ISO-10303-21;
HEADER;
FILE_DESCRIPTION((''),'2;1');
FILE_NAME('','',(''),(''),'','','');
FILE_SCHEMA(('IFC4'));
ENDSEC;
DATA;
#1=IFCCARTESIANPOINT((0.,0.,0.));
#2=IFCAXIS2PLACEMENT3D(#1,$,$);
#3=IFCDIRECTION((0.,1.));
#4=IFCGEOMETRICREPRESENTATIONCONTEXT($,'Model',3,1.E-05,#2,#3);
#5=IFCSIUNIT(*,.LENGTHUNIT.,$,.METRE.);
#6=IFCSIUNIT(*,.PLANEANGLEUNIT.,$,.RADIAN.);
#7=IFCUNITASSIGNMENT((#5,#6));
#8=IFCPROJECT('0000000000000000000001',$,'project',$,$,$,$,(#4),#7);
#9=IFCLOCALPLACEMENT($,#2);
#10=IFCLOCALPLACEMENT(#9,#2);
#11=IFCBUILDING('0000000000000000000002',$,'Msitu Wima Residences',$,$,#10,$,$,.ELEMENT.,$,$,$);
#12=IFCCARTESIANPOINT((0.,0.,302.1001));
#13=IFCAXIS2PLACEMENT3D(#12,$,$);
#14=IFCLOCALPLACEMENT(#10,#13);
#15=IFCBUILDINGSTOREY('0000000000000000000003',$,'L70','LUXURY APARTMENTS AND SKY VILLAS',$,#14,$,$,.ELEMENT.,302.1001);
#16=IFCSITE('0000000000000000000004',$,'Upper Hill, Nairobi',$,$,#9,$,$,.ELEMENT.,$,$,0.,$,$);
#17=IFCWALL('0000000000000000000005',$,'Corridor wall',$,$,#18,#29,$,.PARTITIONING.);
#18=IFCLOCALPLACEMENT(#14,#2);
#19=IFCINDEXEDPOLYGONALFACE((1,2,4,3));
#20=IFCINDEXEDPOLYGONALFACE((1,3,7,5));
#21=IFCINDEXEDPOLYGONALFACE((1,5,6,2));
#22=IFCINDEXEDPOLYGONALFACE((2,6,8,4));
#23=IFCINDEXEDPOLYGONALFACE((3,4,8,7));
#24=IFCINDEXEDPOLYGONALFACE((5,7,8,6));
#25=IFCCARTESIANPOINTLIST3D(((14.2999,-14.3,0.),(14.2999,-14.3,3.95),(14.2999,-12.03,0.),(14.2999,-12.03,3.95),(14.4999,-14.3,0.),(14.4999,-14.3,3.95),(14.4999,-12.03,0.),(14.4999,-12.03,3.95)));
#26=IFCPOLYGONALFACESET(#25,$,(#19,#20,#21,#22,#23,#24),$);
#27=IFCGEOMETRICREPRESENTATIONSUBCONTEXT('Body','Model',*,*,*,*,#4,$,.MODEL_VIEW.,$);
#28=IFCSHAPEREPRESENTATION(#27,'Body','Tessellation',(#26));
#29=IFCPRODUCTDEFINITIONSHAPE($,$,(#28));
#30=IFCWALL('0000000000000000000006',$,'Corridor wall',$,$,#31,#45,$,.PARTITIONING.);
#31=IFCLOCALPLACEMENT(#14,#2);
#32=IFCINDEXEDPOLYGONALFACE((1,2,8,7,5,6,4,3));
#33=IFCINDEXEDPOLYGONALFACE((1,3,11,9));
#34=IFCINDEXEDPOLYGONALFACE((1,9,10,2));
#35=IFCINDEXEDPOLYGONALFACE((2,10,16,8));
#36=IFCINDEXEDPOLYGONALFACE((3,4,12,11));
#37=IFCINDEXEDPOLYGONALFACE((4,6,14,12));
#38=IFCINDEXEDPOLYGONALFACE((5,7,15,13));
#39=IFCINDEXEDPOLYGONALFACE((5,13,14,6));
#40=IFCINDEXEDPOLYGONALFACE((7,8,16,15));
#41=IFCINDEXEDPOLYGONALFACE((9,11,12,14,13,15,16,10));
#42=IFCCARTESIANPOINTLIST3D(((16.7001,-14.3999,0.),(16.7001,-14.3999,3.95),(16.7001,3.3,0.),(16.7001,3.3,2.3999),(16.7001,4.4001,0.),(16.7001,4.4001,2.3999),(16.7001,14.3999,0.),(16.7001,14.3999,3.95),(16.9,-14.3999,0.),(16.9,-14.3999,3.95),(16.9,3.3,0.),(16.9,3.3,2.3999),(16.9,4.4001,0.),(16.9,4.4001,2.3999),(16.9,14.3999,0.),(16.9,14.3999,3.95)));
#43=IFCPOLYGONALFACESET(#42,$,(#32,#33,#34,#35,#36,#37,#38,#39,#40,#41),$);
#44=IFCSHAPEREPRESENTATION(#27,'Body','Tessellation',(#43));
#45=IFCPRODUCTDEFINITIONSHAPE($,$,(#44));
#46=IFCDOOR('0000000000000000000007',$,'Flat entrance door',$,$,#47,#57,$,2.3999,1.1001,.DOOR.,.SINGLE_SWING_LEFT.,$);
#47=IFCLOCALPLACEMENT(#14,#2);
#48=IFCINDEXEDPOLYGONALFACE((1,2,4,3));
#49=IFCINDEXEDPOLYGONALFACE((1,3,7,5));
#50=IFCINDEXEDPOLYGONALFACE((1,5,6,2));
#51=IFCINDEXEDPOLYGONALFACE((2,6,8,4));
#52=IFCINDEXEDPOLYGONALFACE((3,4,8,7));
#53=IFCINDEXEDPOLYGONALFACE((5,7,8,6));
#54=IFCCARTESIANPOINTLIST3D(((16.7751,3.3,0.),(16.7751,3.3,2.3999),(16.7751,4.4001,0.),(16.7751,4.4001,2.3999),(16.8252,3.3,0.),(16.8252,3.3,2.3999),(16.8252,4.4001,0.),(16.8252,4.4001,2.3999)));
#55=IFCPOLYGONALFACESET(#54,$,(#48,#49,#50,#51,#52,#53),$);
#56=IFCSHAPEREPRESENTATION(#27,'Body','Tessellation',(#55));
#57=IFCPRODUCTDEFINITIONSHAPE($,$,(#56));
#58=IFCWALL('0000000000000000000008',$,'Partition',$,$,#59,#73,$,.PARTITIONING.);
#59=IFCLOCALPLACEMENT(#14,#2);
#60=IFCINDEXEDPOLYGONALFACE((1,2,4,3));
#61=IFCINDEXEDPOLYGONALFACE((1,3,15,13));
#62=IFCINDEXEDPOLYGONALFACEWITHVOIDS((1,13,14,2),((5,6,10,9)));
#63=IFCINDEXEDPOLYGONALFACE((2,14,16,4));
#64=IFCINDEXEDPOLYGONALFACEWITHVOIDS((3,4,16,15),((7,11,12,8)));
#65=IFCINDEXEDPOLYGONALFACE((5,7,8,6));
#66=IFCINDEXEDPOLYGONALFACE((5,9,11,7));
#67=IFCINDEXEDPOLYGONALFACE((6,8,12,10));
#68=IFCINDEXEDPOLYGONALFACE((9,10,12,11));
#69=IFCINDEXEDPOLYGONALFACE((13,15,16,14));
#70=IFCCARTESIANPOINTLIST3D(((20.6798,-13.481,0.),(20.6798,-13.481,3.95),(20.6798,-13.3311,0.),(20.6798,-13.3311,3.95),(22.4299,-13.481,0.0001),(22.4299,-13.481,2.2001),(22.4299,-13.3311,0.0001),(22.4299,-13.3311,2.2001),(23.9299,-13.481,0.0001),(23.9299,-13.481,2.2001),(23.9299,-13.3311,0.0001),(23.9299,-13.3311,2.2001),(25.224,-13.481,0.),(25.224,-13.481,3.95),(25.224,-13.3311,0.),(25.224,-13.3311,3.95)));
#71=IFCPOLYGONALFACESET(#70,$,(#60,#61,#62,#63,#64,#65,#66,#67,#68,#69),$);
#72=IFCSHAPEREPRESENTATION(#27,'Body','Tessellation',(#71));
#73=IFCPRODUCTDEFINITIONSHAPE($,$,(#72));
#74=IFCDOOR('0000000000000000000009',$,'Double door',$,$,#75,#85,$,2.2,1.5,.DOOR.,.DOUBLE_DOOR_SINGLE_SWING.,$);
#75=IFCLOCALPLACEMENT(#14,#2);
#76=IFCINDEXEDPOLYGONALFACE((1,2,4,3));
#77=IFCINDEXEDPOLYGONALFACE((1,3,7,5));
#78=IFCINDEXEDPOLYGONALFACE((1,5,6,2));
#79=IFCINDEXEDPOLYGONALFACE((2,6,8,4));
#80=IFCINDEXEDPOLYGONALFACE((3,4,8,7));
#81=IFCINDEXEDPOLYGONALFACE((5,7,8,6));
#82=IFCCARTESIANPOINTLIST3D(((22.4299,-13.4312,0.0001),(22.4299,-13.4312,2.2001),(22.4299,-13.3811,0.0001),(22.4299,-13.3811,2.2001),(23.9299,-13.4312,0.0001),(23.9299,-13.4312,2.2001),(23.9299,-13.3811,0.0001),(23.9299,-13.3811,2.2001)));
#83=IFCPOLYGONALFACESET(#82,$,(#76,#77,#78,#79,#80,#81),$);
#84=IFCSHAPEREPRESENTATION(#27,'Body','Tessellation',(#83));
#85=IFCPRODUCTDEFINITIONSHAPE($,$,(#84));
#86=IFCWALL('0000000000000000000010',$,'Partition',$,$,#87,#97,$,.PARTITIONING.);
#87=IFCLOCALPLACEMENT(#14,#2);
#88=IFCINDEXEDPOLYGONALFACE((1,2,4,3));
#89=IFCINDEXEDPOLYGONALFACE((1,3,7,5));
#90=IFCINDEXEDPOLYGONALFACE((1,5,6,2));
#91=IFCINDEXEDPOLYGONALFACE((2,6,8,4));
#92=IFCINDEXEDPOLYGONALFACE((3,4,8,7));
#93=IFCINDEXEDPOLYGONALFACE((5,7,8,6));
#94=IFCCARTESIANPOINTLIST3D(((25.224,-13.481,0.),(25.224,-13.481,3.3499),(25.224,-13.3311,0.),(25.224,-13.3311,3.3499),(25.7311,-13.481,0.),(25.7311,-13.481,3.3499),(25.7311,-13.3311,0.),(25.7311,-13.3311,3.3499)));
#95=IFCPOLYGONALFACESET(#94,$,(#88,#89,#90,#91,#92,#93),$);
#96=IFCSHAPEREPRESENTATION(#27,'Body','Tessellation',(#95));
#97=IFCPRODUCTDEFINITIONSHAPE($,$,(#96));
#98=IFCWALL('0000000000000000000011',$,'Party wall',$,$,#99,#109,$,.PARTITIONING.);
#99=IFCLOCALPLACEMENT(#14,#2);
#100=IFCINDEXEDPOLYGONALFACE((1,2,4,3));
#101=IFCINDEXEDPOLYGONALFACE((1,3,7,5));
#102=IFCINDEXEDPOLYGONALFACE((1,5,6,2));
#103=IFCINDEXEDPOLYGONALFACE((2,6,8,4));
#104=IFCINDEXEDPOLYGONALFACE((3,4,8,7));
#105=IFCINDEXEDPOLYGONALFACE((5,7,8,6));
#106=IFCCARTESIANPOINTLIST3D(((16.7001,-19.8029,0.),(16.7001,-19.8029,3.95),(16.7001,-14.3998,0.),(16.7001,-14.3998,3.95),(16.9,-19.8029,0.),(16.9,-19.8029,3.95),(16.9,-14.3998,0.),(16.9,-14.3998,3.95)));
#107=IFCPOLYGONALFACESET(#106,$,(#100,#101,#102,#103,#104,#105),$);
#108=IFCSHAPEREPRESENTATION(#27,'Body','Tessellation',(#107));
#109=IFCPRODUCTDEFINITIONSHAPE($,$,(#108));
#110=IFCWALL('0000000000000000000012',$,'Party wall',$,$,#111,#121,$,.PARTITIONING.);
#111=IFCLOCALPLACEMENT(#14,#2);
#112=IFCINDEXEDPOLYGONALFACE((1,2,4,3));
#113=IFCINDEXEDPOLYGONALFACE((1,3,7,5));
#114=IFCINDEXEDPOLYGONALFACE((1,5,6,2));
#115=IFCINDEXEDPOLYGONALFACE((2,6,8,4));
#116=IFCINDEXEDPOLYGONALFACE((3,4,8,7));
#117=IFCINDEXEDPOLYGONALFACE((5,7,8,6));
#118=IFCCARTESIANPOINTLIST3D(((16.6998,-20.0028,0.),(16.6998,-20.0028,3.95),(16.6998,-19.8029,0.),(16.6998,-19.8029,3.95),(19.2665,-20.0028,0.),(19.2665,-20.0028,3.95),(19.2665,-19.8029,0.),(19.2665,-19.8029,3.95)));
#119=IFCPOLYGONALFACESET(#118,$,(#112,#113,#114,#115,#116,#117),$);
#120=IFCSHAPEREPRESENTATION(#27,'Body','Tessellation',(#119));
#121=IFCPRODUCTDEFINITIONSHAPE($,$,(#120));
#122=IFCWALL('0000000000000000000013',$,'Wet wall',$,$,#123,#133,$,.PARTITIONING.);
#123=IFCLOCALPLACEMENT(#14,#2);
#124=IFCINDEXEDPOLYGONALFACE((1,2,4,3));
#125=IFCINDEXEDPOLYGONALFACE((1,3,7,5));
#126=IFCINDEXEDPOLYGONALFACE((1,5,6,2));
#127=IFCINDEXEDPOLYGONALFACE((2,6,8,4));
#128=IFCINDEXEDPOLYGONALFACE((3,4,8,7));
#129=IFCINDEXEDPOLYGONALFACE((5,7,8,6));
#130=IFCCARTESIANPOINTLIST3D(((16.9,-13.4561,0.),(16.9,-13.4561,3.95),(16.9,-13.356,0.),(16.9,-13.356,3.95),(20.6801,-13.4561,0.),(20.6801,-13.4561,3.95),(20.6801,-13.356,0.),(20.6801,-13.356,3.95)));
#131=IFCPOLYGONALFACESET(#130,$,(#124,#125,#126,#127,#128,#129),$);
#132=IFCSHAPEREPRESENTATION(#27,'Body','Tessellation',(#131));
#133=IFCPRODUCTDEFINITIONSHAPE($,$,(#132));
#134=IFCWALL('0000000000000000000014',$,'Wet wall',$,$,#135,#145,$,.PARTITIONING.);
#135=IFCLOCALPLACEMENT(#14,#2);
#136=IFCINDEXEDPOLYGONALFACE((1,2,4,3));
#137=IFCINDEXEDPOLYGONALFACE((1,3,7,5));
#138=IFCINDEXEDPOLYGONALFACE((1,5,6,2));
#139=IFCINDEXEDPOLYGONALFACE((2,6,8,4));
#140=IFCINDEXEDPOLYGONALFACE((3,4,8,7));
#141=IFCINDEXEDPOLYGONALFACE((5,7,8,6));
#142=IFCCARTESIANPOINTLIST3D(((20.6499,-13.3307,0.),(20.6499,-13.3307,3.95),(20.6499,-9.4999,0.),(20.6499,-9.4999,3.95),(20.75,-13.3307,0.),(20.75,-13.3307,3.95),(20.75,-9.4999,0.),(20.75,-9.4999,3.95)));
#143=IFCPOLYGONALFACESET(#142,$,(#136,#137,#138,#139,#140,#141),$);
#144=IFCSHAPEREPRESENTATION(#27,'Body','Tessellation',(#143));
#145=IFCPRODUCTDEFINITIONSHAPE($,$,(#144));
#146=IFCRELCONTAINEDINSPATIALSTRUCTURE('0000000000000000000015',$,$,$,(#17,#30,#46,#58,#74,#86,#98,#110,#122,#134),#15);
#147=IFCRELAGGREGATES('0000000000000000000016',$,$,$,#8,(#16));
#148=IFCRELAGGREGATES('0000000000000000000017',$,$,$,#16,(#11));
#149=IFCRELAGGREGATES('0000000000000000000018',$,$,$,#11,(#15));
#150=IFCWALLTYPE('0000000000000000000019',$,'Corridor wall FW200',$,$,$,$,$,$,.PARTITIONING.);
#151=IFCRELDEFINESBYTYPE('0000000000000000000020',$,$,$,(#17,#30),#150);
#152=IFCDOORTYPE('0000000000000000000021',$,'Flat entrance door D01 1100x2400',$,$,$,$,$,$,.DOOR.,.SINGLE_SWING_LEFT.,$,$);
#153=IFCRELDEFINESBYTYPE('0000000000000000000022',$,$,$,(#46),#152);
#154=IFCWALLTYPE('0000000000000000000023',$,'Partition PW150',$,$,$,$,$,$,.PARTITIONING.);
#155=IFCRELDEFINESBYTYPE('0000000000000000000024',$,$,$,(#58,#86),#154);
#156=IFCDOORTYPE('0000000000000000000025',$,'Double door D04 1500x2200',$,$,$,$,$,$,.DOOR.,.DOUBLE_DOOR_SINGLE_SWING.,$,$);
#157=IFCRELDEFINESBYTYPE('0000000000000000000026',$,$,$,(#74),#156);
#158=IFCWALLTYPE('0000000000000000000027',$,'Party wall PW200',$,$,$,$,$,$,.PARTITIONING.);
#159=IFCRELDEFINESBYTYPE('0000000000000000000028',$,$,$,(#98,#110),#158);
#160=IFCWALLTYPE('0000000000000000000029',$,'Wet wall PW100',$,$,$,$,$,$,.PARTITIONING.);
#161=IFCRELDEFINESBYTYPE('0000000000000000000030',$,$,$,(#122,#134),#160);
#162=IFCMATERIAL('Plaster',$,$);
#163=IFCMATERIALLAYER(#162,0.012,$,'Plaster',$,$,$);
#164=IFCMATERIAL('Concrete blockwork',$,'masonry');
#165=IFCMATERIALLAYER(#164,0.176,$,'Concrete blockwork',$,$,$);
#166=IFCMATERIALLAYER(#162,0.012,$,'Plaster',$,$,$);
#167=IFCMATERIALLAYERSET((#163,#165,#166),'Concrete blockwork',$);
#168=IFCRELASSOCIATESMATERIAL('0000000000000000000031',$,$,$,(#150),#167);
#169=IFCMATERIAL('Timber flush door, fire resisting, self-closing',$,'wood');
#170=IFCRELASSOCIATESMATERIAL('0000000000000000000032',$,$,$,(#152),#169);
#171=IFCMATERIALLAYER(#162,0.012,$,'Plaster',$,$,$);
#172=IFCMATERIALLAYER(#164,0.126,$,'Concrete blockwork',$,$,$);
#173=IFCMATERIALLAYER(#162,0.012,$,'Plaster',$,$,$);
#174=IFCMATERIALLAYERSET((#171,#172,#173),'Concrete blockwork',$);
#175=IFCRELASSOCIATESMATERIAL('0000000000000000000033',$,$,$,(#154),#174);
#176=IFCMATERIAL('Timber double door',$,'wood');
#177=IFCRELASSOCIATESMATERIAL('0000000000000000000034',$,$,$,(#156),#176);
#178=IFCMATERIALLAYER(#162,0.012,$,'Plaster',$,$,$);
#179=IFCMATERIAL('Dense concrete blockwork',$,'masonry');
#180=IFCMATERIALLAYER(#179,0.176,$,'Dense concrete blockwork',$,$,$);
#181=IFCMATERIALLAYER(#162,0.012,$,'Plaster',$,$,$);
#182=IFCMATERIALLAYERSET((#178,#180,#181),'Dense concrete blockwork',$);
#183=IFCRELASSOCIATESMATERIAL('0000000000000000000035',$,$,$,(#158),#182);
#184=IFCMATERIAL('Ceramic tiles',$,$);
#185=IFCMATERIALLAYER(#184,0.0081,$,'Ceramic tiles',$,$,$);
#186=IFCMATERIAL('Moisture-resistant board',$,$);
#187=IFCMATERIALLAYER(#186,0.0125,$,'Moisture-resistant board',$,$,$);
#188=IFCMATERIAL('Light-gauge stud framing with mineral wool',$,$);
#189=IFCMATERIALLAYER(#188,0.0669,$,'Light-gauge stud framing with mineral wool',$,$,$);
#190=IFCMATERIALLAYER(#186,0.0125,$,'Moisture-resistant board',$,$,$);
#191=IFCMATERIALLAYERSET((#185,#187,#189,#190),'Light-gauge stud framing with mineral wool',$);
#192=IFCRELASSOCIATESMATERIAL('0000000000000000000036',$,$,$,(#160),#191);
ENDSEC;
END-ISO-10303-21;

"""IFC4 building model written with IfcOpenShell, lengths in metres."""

from ifc_helpers import new_model, si_unit, direction, frame, frame_2d, origin, place, context, subcontext, project, spatial, rectangle, extrude, material, layer, layer_set, type_object, element, fill, save


model = new_model("IFC4")

# Units and contexts
model_context = context("Model", 3, precision=1e-05, world=origin(), true_north=direction((0.0, 1.0)))
body_context = subcontext(model_context, "Body", "Model", "MODEL_VIEW")
ifc_project = project(units=[si_unit("LENGTHUNIT", "METRE"), si_unit("PLANEANGLEUNIT", "RADIAN")], contexts=[model_context])

# Site, building, storey
site_placement = place(None, origin())
site = spatial("IfcSite", under=ifc_project, at=site_placement, Name="Upper Hill, Nairobi", CompositionType="ELEMENT", RefElevation=0.0)
building_placement = place(site_placement, origin())
building = spatial("IfcBuilding", under=site, at=building_placement, Name="Msitu Wima Residences", CompositionType="ELEMENT")
storey_placement = place(building_placement, frame((0.0, 0.0, 302.1001)))
storey = spatial("IfcBuildingStorey", under=building, at=storey_placement, Name="L70", Description="LUXURY APARTMENTS AND SKY VILLAS", CompositionType="ELEMENT", Elevation=302.1001)

# Wall
ifc_material_1 = material(Name="Plaster")
ifc_layer_1 = layer(ifc_material_1, 0.012, Name="Plaster")
ifc_material_2 = material(Name="Concrete blockwork", Category="masonry")
ifc_layer_2 = layer(ifc_material_2, 0.176, Name="Concrete blockwork")
ifc_layer_3 = layer(ifc_material_1, 0.012, Name="Plaster")
ifc_layer_set_1 = layer_set([ifc_layer_1, ifc_layer_2, ifc_layer_3], Name="Concrete blockwork")
wall_type_1 = type_object("IfcWallType", Name="Corridor wall FW200", PredefinedType="PARTITIONING", material=ifc_layer_set_1)
wall_1_placement = place(storey_placement, frame((14.3999, -14.3, 0.0), z_axis=(0.0, 0.0, 1.0), x_axis=(0.0, 1.0, 0.0)))
element("IfcWall", 1, at=wall_1_placement, inside=storey, type_object=wall_type_1, Name="Corridor wall", PredefinedType="PARTITIONING", context=body_context, shape_type="SweptSolid", body=[
    extrude(rectangle(XDim=2.27, YDim=0.2, at=frame_2d((1.135, 0.0))), origin(), (0.0, 0.0, 1.0), 3.95),
])

# Walls, openings, doors
wall_2_placement = place(storey_placement, frame((16.8, -14.3999, 0.0), z_axis=(0.0, 0.0, 1.0), x_axis=(0.0, 1.0, 0.0)))
wall_2 = element("IfcWall", 2, at=wall_2_placement, inside=storey, type_object=wall_type_1, Name="Corridor wall", PredefinedType="PARTITIONING", context=body_context, shape_type="SweptSolid", body=[
    extrude(rectangle(XDim=28.7998, YDim=0.2, at=frame_2d((14.3999, 0.0))), origin(), (0.0, 0.0, 1.0), 3.95),
])
opening_1_placement = place(wall_2_placement, frame((17.7, 0.0, 0.0)))
opening_1 = element("IfcOpeningElement", 3, at=opening_1_placement, cuts=wall_2, PredefinedType="OPENING", context=body_context, shape_type="SweptSolid", body=[
    extrude(rectangle(XDim=1.1001, YDim=2.3999, at=frame_2d((0.55, 1.2))), frame((0.0, 0.1099, 0.0), z_axis=(0.0, -1.0, 0.0), x_axis=(1.0, 0.0, 0.0)), (0.0, 0.0, 1.0), 0.22),
])
ifc_material_3 = material(Name="Timber flush door, fire resisting, self-closing", Category="wood")
door_type_1 = type_object("IfcDoorType", Name="Flat entrance door D01 1100x2400", OperationType="SINGLE_SWING_LEFT", PredefinedType="DOOR", material=ifc_material_3)
door_1_placement = place(opening_1_placement, origin())
door_1 = element("IfcDoor", 4, at=door_1_placement, inside=storey, type_object=door_type_1, Name="Flat entrance door", OperationType="SINGLE_SWING_LEFT", OverallHeight=2.3999, OverallWidth=1.1001, PredefinedType="DOOR", context=body_context, shape_type="SweptSolid", body=[
    extrude(rectangle(XDim=1.1001, YDim=2.3999, at=frame_2d((0.55, 1.2))), frame((0.0, 0.0249, 0.0), z_axis=(0.0, -1.0, 0.0), x_axis=(1.0, 0.0, 0.0)), (0.0, 0.0, 1.0), 0.05),
])
fill(opening_1, door_1)
ifc_layer_4 = layer(ifc_material_1, 0.012, Name="Plaster")
ifc_layer_5 = layer(ifc_material_2, 0.126, Name="Concrete blockwork")
ifc_layer_6 = layer(ifc_material_1, 0.012, Name="Plaster")
ifc_layer_set_2 = layer_set([ifc_layer_4, ifc_layer_5, ifc_layer_6], Name="Concrete blockwork")
wall_type_2 = type_object("IfcWallType", Name="Partition PW150", PredefinedType="PARTITIONING", material=ifc_layer_set_2)
wall_3_placement = place(storey_placement, frame((20.6799, -13.406, 0.0), z_axis=(0.0, 0.0, 1.0), x_axis=(1.0, 0.0, 0.0)))
wall_3 = element("IfcWall", 5, at=wall_3_placement, inside=storey, type_object=wall_type_2, Name="Partition", PredefinedType="PARTITIONING", context=body_context, shape_type="SweptSolid", body=[
    extrude(rectangle(XDim=4.5442, YDim=0.1499, at=frame_2d((2.272, 0.0))), origin(), (0.0, 0.0, 1.0), 3.95),
])
opening_2_placement = place(wall_3_placement, frame((1.75, 0.0, 0.0)))
opening_2 = element("IfcOpeningElement", 6, at=opening_2_placement, cuts=wall_3, PredefinedType="OPENING", context=body_context, shape_type="SweptSolid", body=[
    extrude(rectangle(XDim=1.5, YDim=2.2, at=frame_2d((0.75, 1.1001))), frame((0.0, 0.085, 0.0), z_axis=(0.0, -1.0, 0.0), x_axis=(1.0, 0.0, 0.0)), (0.0, 0.0, 1.0), 0.1699),
])
ifc_material_4 = material(Name="Timber double door", Category="wood")
door_type_2 = type_object("IfcDoorType", Name="Double door D04 1500x2200", OperationType="DOUBLE_DOOR_SINGLE_SWING", PredefinedType="DOOR", material=ifc_material_4)
door_2_placement = place(opening_2_placement, origin())
door_2 = element("IfcDoor", 7, at=door_2_placement, inside=storey, type_object=door_type_2, Name="Double door", OperationType="DOUBLE_DOOR_SINGLE_SWING", OverallHeight=2.2, OverallWidth=1.5, PredefinedType="DOOR", context=body_context, shape_type="SweptSolid", body=[
    extrude(rectangle(XDim=1.5, YDim=2.2, at=frame_2d((0.75, 1.1001))), frame((0.0, 0.0249, 0.0), z_axis=(0.0, -1.0, 0.0), x_axis=(1.0, 0.0, 0.0)), (0.0, 0.0, 1.0), 0.05),
])
fill(opening_2, door_2)

# Walls
wall_4_placement = place(storey_placement, frame((25.2241, -13.406, 0.0), z_axis=(0.0, 0.0, 1.0), x_axis=(1.0, 0.0, 0.0)))
element("IfcWall", 8, at=wall_4_placement, inside=storey, type_object=wall_type_2, Name="Partition", PredefinedType="PARTITIONING", context=body_context, shape_type="SweptSolid", body=[
    extrude(rectangle(XDim=0.5071, YDim=0.1499, at=frame_2d((0.2534, 0.0))), origin(), (0.0, 0.0, 1.0), 3.3499),
])
ifc_layer_7 = layer(ifc_material_1, 0.012, Name="Plaster")
ifc_material_5 = material(Name="Dense concrete blockwork", Category="masonry")
ifc_layer_8 = layer(ifc_material_5, 0.176, Name="Dense concrete blockwork")
ifc_layer_9 = layer(ifc_material_1, 0.012, Name="Plaster")
ifc_layer_set_3 = layer_set([ifc_layer_7, ifc_layer_8, ifc_layer_9], Name="Dense concrete blockwork")
wall_type_3 = type_object("IfcWallType", Name="Party wall PW200", PredefinedType="PARTITIONING", material=ifc_layer_set_3)
wall_5_placement = place(storey_placement, frame((16.8, -19.803, 0.0), z_axis=(0.0, 0.0, 1.0), x_axis=(0.0, 1.0, 0.0)))
element("IfcWall", 9, at=wall_5_placement, inside=storey, type_object=wall_type_3, Name="Party wall", PredefinedType="PARTITIONING", context=body_context, shape_type="SweptSolid", body=[
    extrude(rectangle(XDim=5.4031, YDim=0.2, at=frame_2d((2.7017, 0.0))), origin(), (0.0, 0.0, 1.0), 3.95),
])
wall_6_placement = place(storey_placement, frame((16.7, -19.9028, 0.0), z_axis=(0.0, 0.0, 1.0), x_axis=(1.0, 0.0, 0.0)))
element("IfcWall", 10, at=wall_6_placement, inside=storey, type_object=wall_type_3, Name="Party wall", PredefinedType="PARTITIONING", context=body_context, shape_type="SweptSolid", body=[
    extrude(rectangle(XDim=2.5667, YDim=0.2, at=frame_2d((1.2832, 0.0))), origin(), (0.0, 0.0, 1.0), 3.95),
])
ifc_material_6 = material(Name="Ceramic tiles")
ifc_layer_10 = layer(ifc_material_6, 0.0081, Name="Ceramic tiles")
ifc_material_7 = material(Name="Moisture-resistant board")
ifc_layer_11 = layer(ifc_material_7, 0.0125, Name="Moisture-resistant board")
ifc_material_8 = material(Name="Light-gauge stud framing with mineral wool")
ifc_layer_12 = layer(ifc_material_8, 0.0669, Name="Light-gauge stud framing with mineral wool")
ifc_layer_13 = layer(ifc_material_7, 0.0125, Name="Moisture-resistant board")
ifc_layer_set_4 = layer_set([ifc_layer_10, ifc_layer_11, ifc_layer_12, ifc_layer_13], Name="Light-gauge stud framing with mineral wool")
wall_type_4 = type_object("IfcWallType", Name="Wet wall PW100", PredefinedType="PARTITIONING", material=ifc_layer_set_4)
wall_7_placement = place(storey_placement, frame((16.8999, -13.406, 0.0), z_axis=(0.0, 0.0, 1.0), x_axis=(1.0, 0.0, 0.0)))
element("IfcWall", 11, at=wall_7_placement, inside=storey, type_object=wall_type_4, Name="Wet wall", PredefinedType="PARTITIONING", context=body_context, shape_type="SweptSolid", body=[
    extrude(rectangle(XDim=3.78, YDim=0.1001, at=frame_2d((1.8901, 0.0))), origin(), (0.0, 0.0, 1.0), 3.95),
])
wall_8_placement = place(storey_placement, frame((20.7, -13.3308, 0.0), z_axis=(0.0, 0.0, 1.0), x_axis=(0.0, 1.0, 0.0)))
element("IfcWall", 12, at=wall_8_placement, inside=storey, type_object=wall_type_4, Name="Wet wall", PredefinedType="PARTITIONING", context=body_context, shape_type="SweptSolid", body=[
    extrude(rectangle(XDim=3.8308, YDim=0.1001, at=frame_2d((1.9155, 0.0))), origin(), (0.0, 0.0, 1.0), 3.95),
])

save(model, "model.ifc")
